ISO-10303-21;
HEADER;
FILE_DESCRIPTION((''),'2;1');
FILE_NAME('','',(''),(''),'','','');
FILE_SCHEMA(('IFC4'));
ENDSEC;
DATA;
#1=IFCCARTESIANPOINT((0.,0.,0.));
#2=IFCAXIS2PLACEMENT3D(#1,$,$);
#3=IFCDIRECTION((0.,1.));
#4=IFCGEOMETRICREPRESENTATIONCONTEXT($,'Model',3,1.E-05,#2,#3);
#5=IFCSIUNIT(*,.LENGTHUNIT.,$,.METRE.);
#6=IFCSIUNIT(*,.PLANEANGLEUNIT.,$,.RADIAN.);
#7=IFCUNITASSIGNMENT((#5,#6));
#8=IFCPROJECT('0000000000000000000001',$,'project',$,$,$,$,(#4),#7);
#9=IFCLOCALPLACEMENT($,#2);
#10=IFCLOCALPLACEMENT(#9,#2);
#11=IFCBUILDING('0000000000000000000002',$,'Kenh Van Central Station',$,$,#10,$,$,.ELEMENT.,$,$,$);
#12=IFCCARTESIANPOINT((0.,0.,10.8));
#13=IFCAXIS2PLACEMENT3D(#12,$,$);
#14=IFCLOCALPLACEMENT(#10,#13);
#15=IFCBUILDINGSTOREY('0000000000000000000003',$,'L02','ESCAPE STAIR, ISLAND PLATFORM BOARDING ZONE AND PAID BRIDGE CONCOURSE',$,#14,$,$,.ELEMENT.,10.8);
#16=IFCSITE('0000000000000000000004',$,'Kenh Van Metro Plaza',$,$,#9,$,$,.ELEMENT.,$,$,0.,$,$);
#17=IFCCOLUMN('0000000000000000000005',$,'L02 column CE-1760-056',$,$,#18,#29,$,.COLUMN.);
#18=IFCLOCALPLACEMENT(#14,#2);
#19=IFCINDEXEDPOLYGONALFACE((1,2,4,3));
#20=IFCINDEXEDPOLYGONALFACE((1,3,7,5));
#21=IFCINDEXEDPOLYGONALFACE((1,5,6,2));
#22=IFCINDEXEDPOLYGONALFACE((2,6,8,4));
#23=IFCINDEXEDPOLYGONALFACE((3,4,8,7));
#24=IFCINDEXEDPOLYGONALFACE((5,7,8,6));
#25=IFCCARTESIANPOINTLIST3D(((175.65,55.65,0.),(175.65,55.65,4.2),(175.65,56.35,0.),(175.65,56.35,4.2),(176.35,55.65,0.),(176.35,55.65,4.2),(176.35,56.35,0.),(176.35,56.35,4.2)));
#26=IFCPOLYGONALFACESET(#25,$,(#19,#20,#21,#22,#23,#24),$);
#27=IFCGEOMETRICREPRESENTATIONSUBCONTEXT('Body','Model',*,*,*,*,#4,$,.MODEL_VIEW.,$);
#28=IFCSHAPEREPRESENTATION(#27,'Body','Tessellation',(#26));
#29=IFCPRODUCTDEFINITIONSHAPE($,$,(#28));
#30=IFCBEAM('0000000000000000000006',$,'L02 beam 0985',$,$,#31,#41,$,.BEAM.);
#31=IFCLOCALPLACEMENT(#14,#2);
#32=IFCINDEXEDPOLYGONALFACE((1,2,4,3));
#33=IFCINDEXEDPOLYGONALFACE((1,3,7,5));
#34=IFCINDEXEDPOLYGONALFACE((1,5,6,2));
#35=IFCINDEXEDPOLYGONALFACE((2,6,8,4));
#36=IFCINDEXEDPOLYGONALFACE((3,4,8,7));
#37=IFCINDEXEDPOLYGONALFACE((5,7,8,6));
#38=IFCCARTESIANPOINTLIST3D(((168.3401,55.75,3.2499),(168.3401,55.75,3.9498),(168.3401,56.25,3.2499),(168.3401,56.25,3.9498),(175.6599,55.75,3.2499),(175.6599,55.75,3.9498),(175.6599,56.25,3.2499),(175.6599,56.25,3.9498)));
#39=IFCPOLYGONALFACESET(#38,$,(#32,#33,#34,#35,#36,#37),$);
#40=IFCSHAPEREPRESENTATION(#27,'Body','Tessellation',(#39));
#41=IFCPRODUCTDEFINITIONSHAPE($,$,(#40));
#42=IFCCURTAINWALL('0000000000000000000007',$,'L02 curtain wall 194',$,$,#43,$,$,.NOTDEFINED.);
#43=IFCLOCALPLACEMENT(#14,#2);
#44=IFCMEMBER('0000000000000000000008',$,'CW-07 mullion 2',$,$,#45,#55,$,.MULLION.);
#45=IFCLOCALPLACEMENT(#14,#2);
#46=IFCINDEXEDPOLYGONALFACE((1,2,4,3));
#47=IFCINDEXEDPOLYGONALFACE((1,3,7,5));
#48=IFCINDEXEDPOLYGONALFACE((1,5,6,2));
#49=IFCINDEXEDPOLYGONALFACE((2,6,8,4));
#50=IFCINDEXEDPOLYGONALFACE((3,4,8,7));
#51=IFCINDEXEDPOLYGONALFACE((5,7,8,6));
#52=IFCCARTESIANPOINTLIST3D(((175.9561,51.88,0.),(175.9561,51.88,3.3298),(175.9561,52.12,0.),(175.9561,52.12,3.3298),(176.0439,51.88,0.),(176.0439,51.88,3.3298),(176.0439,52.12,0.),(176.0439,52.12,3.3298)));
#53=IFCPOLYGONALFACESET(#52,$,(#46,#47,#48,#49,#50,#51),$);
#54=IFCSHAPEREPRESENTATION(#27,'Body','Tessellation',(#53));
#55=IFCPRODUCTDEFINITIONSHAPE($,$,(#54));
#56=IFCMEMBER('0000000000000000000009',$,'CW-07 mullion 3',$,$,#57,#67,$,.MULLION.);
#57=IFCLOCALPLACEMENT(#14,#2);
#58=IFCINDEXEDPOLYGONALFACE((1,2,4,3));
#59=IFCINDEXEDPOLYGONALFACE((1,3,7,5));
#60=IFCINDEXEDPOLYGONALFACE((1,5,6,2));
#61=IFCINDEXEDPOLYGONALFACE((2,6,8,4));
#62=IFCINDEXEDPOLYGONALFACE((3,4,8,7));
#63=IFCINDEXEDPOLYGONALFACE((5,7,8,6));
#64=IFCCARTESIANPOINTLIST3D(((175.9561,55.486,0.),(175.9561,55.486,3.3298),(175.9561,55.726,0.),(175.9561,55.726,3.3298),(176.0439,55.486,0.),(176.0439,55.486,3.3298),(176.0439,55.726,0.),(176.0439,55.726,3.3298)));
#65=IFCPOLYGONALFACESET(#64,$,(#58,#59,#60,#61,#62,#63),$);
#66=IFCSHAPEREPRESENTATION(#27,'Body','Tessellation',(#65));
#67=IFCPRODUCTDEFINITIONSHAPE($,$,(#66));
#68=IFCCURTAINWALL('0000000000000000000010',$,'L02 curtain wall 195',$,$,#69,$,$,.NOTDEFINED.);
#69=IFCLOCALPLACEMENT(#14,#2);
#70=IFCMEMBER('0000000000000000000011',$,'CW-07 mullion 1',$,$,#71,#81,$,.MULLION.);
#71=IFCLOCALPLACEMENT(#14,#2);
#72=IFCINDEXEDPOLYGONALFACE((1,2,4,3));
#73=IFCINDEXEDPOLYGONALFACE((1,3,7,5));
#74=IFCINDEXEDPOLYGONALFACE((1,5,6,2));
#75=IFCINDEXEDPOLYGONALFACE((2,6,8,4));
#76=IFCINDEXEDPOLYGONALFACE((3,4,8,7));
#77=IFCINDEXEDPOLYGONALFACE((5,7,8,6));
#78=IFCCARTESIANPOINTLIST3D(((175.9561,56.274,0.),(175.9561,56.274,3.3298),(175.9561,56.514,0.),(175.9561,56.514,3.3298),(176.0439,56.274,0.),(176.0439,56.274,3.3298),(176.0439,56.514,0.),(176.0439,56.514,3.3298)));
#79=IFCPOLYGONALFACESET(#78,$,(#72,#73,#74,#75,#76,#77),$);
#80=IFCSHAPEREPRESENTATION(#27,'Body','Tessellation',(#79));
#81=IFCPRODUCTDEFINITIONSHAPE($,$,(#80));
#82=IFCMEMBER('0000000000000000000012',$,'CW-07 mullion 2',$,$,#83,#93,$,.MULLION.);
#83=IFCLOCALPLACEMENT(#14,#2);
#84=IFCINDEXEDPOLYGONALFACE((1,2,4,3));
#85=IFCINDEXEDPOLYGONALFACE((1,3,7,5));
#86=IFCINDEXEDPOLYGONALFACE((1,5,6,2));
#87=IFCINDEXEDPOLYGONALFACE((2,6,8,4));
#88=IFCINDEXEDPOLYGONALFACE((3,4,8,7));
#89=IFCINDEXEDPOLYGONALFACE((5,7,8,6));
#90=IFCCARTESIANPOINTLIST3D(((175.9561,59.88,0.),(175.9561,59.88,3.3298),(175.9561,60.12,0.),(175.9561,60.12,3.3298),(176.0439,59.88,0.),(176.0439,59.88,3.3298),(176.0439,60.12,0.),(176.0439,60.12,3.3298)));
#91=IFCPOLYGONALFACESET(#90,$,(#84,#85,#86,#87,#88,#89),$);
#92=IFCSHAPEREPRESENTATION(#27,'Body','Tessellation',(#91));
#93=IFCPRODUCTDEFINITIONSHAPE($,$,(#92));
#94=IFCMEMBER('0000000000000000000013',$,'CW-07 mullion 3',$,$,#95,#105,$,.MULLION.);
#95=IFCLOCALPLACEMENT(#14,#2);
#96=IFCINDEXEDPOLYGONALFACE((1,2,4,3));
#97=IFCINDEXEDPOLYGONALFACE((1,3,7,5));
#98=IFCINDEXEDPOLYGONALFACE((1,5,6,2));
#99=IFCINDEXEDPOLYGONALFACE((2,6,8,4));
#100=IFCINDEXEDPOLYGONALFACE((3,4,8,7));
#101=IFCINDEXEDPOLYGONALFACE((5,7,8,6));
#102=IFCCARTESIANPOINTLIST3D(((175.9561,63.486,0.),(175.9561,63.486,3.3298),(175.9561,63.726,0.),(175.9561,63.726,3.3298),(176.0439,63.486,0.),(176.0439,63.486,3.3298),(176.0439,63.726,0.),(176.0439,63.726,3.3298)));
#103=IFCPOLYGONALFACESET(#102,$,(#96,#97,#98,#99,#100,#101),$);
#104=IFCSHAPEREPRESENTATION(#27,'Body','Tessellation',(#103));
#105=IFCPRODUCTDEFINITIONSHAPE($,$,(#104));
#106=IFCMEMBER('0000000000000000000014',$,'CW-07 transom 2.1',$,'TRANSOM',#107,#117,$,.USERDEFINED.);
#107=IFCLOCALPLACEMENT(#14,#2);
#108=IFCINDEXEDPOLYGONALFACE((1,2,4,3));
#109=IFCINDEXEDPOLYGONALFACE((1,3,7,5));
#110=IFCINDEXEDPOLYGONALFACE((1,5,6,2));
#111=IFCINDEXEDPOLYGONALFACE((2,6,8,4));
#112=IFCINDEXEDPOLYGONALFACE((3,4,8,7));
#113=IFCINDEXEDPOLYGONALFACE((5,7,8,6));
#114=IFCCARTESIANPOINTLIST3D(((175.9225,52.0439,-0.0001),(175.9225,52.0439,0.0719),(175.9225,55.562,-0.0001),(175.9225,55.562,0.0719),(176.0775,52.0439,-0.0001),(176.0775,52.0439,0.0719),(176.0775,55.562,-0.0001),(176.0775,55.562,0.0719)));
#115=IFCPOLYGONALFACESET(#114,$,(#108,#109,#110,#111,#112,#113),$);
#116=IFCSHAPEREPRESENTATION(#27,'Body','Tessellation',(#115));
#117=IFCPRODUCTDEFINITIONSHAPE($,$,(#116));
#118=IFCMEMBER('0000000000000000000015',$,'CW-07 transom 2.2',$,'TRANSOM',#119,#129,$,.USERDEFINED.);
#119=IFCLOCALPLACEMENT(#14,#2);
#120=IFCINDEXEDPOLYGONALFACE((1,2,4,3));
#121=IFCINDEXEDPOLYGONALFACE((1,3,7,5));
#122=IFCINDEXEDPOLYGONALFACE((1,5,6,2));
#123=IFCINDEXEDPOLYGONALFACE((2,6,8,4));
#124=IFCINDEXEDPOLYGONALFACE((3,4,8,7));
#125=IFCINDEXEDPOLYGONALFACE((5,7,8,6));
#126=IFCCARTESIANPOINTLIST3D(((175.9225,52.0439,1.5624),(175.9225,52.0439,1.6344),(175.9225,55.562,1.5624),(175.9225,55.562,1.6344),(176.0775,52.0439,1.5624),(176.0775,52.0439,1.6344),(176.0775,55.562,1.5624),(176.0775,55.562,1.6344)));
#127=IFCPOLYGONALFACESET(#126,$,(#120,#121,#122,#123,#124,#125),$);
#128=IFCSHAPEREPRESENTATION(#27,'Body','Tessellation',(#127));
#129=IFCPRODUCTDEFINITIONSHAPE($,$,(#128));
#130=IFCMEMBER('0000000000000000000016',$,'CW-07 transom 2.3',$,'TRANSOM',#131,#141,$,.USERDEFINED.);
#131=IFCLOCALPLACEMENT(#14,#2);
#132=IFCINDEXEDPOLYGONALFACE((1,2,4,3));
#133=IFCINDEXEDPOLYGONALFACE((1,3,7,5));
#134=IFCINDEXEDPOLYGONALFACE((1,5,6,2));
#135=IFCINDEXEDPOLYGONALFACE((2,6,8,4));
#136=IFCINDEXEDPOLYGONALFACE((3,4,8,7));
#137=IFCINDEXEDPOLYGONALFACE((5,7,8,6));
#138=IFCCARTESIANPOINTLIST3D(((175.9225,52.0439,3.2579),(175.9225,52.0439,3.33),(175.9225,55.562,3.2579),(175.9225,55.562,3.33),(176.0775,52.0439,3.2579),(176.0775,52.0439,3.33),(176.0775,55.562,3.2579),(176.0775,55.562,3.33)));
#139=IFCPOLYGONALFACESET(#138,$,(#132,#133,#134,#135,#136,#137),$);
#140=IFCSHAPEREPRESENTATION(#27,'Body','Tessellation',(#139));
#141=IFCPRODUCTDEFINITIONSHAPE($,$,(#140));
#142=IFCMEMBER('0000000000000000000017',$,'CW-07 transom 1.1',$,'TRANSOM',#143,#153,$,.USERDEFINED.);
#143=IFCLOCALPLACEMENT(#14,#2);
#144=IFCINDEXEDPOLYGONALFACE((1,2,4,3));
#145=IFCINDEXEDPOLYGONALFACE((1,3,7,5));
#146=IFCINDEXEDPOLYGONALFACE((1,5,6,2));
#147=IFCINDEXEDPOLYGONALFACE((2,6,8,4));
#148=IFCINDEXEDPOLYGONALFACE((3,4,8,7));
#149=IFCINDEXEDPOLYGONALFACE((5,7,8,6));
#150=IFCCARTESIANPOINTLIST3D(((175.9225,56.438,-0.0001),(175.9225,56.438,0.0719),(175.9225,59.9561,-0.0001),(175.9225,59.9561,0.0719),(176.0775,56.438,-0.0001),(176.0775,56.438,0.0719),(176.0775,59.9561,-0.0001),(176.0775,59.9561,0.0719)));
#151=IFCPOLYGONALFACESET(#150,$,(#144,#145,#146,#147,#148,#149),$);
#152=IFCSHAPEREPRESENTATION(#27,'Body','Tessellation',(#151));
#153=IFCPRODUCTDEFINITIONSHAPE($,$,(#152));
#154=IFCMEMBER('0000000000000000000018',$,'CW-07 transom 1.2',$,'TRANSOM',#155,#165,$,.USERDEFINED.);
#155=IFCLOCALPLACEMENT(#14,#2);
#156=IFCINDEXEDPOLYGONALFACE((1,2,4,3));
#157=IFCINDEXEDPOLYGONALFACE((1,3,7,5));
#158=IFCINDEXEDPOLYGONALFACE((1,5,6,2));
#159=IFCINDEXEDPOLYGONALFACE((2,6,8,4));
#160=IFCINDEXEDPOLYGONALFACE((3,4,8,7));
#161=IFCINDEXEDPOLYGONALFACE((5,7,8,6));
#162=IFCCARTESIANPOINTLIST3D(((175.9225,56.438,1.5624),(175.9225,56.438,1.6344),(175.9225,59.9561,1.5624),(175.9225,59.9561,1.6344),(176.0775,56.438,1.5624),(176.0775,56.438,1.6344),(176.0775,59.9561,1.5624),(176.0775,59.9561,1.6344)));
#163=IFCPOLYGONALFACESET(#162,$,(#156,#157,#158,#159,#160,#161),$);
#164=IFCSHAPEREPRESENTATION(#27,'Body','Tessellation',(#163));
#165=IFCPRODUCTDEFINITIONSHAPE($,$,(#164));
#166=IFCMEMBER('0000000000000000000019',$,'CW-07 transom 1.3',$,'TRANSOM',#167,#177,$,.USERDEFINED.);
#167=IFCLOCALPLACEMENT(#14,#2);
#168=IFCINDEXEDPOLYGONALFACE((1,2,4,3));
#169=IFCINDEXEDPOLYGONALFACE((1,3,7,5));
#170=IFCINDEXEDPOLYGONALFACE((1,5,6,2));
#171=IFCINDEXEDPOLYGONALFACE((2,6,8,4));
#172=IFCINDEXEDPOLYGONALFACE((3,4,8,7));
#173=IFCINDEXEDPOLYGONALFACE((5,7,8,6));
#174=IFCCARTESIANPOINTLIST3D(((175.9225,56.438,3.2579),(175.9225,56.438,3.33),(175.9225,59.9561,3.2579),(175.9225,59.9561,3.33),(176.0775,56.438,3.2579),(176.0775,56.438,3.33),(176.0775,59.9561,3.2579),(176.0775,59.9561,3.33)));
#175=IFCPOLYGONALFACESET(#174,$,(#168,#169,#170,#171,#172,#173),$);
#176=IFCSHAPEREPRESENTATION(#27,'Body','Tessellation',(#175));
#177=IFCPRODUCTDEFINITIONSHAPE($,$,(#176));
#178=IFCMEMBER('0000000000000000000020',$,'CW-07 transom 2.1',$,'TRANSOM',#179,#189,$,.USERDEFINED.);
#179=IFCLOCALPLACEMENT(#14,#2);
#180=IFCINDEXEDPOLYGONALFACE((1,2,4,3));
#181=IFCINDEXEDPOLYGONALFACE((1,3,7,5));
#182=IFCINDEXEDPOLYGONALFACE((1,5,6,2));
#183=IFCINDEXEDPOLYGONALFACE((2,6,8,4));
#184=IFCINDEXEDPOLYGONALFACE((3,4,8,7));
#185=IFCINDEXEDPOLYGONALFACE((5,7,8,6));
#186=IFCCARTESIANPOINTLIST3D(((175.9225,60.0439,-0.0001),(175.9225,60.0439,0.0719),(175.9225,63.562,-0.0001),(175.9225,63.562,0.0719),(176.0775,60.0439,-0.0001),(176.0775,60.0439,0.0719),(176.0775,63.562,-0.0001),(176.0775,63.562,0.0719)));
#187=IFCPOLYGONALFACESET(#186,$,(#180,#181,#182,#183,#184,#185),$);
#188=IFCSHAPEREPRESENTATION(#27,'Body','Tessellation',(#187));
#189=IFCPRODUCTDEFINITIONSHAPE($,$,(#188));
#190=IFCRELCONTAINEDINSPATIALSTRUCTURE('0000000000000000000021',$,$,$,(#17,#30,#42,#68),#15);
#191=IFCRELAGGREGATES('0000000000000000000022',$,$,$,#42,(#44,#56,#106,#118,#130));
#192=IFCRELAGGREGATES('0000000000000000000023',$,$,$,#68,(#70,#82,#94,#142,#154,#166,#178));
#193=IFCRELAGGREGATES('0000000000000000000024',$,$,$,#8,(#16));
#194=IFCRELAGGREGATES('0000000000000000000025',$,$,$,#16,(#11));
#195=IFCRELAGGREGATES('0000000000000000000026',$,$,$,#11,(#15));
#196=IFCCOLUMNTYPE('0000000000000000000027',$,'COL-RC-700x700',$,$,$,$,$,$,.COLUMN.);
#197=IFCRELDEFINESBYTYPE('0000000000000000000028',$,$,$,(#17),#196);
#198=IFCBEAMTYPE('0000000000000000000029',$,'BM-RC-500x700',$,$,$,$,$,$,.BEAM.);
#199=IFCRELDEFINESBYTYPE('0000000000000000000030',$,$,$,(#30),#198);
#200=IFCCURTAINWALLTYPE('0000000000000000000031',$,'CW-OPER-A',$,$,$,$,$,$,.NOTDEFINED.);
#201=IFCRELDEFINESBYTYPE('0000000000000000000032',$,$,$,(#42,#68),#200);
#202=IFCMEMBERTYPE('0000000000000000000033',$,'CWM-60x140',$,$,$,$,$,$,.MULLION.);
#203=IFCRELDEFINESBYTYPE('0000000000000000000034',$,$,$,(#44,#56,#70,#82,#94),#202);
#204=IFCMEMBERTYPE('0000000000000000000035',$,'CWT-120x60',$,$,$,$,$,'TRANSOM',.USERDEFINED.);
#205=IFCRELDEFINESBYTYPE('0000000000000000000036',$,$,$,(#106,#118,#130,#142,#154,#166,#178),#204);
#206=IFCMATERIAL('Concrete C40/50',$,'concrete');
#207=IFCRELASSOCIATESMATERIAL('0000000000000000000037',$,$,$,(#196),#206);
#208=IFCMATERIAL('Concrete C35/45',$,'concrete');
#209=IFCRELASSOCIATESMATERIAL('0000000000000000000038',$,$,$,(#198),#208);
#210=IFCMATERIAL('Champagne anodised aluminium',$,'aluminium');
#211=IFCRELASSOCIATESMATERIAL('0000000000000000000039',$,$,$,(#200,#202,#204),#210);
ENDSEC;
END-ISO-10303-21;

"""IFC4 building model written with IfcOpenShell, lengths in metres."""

from ifc_helpers import new_model, si_unit, direction, frame, origin, origin_2d, place, context, subcontext, project, spatial, rectangle, extrude, material, material_profile, profile_set, type_object, element, aggregate, save


model = new_model("IFC4")

# Units and contexts
model_context = context("Model", 3, precision=1e-05, world=origin(), true_north=direction((0.0, 1.0)))
body_context = subcontext(model_context, "Body", "Model", "MODEL_VIEW")
ifc_project = project(units=[si_unit("LENGTHUNIT", "METRE"), si_unit("PLANEANGLEUNIT", "RADIAN")], contexts=[model_context])

# Site, building, storey
site_placement = place(None, origin())
site = spatial("IfcSite", under=ifc_project, at=site_placement, Name="Kenh Van Metro Plaza", CompositionType="ELEMENT", RefElevation=0.0)
building_placement = place(site_placement, origin())
building = spatial("IfcBuilding", under=site, at=building_placement, Name="Kenh Van Central Station", CompositionType="ELEMENT")
storey_placement = place(building_placement, frame((0.0, 0.0, 10.8)))
storey = spatial("IfcBuildingStorey", under=building, at=storey_placement, Name="L02", Description="ESCAPE STAIR, ISLAND PLATFORM BOARDING ZONE AND PAID BRIDGE CONCOURSE", CompositionType="ELEMENT", Elevation=10.8)

# Column
ifc_material_1 = material(Name="Concrete C40/50", Category="concrete")
ifc_material_profile_1 = material_profile(ifc_material_1, rectangle(XDim=0.7, YDim=0.7, at=origin_2d()), Name="RC 700x700")
ifc_profile_set_1 = profile_set([ifc_material_profile_1], Name="Concrete C40/50")
column_type = type_object("IfcColumnType", Name="COL-RC-700x700", PredefinedType="COLUMN", material=ifc_profile_set_1)
column_placement = place(storey_placement, frame((176.0, 56.0, 0.0), z_axis=(0.0, 0.0, 1.0), x_axis=(1.0, 0.0, 0.0)))
element("IfcColumn", 1, at=column_placement, inside=storey, type_object=column_type, Name="L02 column CE-1760-056", PredefinedType="COLUMN", context=body_context, shape_type="SweptSolid", body=[
    extrude(rectangle(XDim=0.7, YDim=0.7, at=origin_2d()), origin(), (0.0, 0.0, 1.0), 4.2),
])

# Beam
ifc_material_2 = material(Name="Concrete C35/45", Category="concrete")
ifc_material_profile_2 = material_profile(ifc_material_2, rectangle(XDim=0.5, YDim=0.7, at=origin_2d()), Name="RC 500x700")
ifc_profile_set_2 = profile_set([ifc_material_profile_2], Name="Concrete C35/45")
beam_type_1 = type_object("IfcBeamType", Name="BM-RC-500x700", PredefinedType="BEAM", material=ifc_profile_set_2)
beam_1_placement = place(storey_placement, frame((168.3401, 56.0, 3.5999), z_axis=(1.0, 0.0, 0.0), x_axis=(0.0, 1.0, 0.0)))
element("IfcBeam", 2, at=beam_1_placement, inside=storey, type_object=beam_type_1, Name="L02 beam 0985", PredefinedType="BEAM", context=body_context, shape_type="SweptSolid", body=[
    extrude(rectangle(XDim=0.5, YDim=0.7, at=origin_2d()), origin(), (0.0, 0.0, 1.0), 7.3198),
])

# Curtain walls, members
ifc_material_3 = material(Name="Champagne anodised aluminium", Category="aluminium")
curtain_wall_type = type_object("IfcCurtainWallType", Name="CW-OPER-A", PredefinedType="NOTDEFINED", material=ifc_material_3)
curtain_wall_1_placement = place(storey_placement, origin())
curtain_wall_1 = element("IfcCurtainWall", 3, at=curtain_wall_1_placement, inside=storey, type_object=curtain_wall_type, Name="L02 curtain wall 194", PredefinedType="NOTDEFINED")
ifc_material_profile_3 = material_profile(ifc_material_3, rectangle(XDim=0.0879, YDim=0.24, at=origin_2d()), Name="AL 88x240")
ifc_profile_set_3 = profile_set([ifc_material_profile_3], Name="Champagne anodised aluminium")
member_type_1 = type_object("IfcMemberType", Name="CWM-60x140", PredefinedType="MULLION", material=ifc_profile_set_3)
member_1_placement = place(storey_placement, frame((176.0, 52.0, 0.0), z_axis=(0.0, 0.0, 1.0), x_axis=(-1.0, 0.0, 0.0)))
member_1 = element("IfcMember", 4, at=member_1_placement, type_object=member_type_1, Name="CW-07 mullion 2", PredefinedType="MULLION", context=body_context, shape_type="SweptSolid", body=[
    extrude(rectangle(XDim=0.0879, YDim=0.24, at=origin_2d()), origin(), (0.0, 0.0, 1.0), 3.3298),
])
member_2_placement = place(storey_placement, frame((176.0, 55.606, 0.0), z_axis=(0.0, 0.0, 1.0), x_axis=(-1.0, 0.0, 0.0)))
member_2 = element("IfcMember", 5, at=member_2_placement, type_object=member_type_1, Name="CW-07 mullion 3", PredefinedType="MULLION", context=body_context, shape_type="SweptSolid", body=[
    extrude(rectangle(XDim=0.0879, YDim=0.24, at=origin_2d()), origin(), (0.0, 0.0, 1.0), 3.3298),
])
curtain_wall_2_placement = place(storey_placement, origin())
curtain_wall_2 = element("IfcCurtainWall", 6, at=curtain_wall_2_placement, inside=storey, type_object=curtain_wall_type, Name="L02 curtain wall 195", PredefinedType="NOTDEFINED")
member_3_placement = place(storey_placement, frame((176.0, 56.394, 0.0), z_axis=(0.0, 0.0, 1.0), x_axis=(-1.0, 0.0, 0.0)))
member_3 = element("IfcMember", 7, at=member_3_placement, type_object=member_type_1, Name="CW-07 mullion 1", PredefinedType="MULLION", context=body_context, shape_type="SweptSolid", body=[
    extrude(rectangle(XDim=0.0879, YDim=0.24, at=origin_2d()), origin(), (0.0, 0.0, 1.0), 3.3298),
])
member_4_placement = place(storey_placement, frame((176.0, 60.0, 0.0), z_axis=(0.0, 0.0, 1.0), x_axis=(-1.0, 0.0, 0.0)))
member_4 = element("IfcMember", 8, at=member_4_placement, type_object=member_type_1, Name="CW-07 mullion 2", PredefinedType="MULLION", context=body_context, shape_type="SweptSolid", body=[
    extrude(rectangle(XDim=0.0879, YDim=0.24, at=origin_2d()), origin(), (0.0, 0.0, 1.0), 3.3298),
])
member_5_placement = place(storey_placement, frame((176.0, 63.606, 0.0), z_axis=(0.0, 0.0, 1.0), x_axis=(-1.0, 0.0, 0.0)))
member_5 = element("IfcMember", 9, at=member_5_placement, type_object=member_type_1, Name="CW-07 mullion 3", PredefinedType="MULLION", context=body_context, shape_type="SweptSolid", body=[
    extrude(rectangle(XDim=0.0879, YDim=0.24, at=origin_2d()), origin(), (0.0, 0.0, 1.0), 3.3298),
])

# Members
ifc_material_profile_4 = material_profile(ifc_material_3, rectangle(XDim=0.155, YDim=0.072, at=origin_2d()), Name="AL 155x72")
ifc_profile_set_4 = profile_set([ifc_material_profile_4], Name="Champagne anodised aluminium")
member_type_2 = type_object("IfcMemberType", Name="CWT-120x60", ElementType="TRANSOM", PredefinedType="USERDEFINED", material=ifc_profile_set_4)
member_6_placement = place(storey_placement, frame((176.0, 52.0439, 0.0359), z_axis=(0.0, 1.0, 0.0), x_axis=(-1.0, 0.0, 0.0)))
member_6 = element("IfcMember", 10, at=member_6_placement, type_object=member_type_2, Name="CW-07 transom 2.1", ObjectType="TRANSOM", PredefinedType="USERDEFINED", context=body_context, shape_type="SweptSolid", body=[
    extrude(rectangle(XDim=0.155, YDim=0.072, at=origin_2d()), origin(), (0.0, 0.0, 1.0), 3.5181),
])
member_7_placement = place(storey_placement, frame((176.0, 52.0439, 1.5984), z_axis=(0.0, 1.0, 0.0), x_axis=(-1.0, 0.0, 0.0)))
member_7 = element("IfcMember", 11, at=member_7_placement, type_object=member_type_2, Name="CW-07 transom 2.2", ObjectType="TRANSOM", PredefinedType="USERDEFINED", context=body_context, shape_type="SweptSolid", body=[
    extrude(rectangle(XDim=0.155, YDim=0.072, at=origin_2d()), origin(), (0.0, 0.0, 1.0), 3.5181),
])
member_8_placement = place(storey_placement, frame((176.0, 52.0439, 3.2939), z_axis=(0.0, 1.0, 0.0), x_axis=(-1.0, 0.0, 0.0)))
member_8 = element("IfcMember", 12, at=member_8_placement, type_object=member_type_2, Name="CW-07 transom 2.3", ObjectType="TRANSOM", PredefinedType="USERDEFINED", context=body_context, shape_type="SweptSolid", body=[
    extrude(rectangle(XDim=0.155, YDim=0.072, at=origin_2d()), origin(), (0.0, 0.0, 1.0), 3.5181),
])
member_9_placement = place(storey_placement, frame((176.0, 56.438, 0.0359), z_axis=(0.0, 1.0, 0.0), x_axis=(-1.0, 0.0, 0.0)))
member_9 = element("IfcMember", 13, at=member_9_placement, type_object=member_type_2, Name="CW-07 transom 1.1", ObjectType="TRANSOM", PredefinedType="USERDEFINED", context=body_context, shape_type="SweptSolid", body=[
    extrude(rectangle(XDim=0.155, YDim=0.072, at=origin_2d()), origin(), (0.0, 0.0, 1.0), 3.5181),
])
member_10_placement = place(storey_placement, frame((176.0, 56.438, 1.5984), z_axis=(0.0, 1.0, 0.0), x_axis=(-1.0, 0.0, 0.0)))
member_10 = element("IfcMember", 14, at=member_10_placement, type_object=member_type_2, Name="CW-07 transom 1.2", ObjectType="TRANSOM", PredefinedType="USERDEFINED", context=body_context, shape_type="SweptSolid", body=[
    extrude(rectangle(XDim=0.155, YDim=0.072, at=origin_2d()), origin(), (0.0, 0.0, 1.0), 3.5181),
])
member_11_placement = place(storey_placement, frame((176.0, 56.438, 3.2939), z_axis=(0.0, 1.0, 0.0), x_axis=(-1.0, 0.0, 0.0)))
member_11 = element("IfcMember", 15, at=member_11_placement, type_object=member_type_2, Name="CW-07 transom 1.3", ObjectType="TRANSOM", PredefinedType="USERDEFINED", context=body_context, shape_type="SweptSolid", body=[
    extrude(rectangle(XDim=0.155, YDim=0.072, at=origin_2d()), origin(), (0.0, 0.0, 1.0), 3.5181),
])
member_12_placement = place(storey_placement, frame((176.0, 60.0439, 0.0359), z_axis=(0.0, 1.0, 0.0), x_axis=(-1.0, 0.0, 0.0)))
member_12 = element("IfcMember", 16, at=member_12_placement, type_object=member_type_2, Name="CW-07 transom 2.1", ObjectType="TRANSOM", PredefinedType="USERDEFINED", context=body_context, shape_type="SweptSolid", body=[
    extrude(rectangle(XDim=0.155, YDim=0.072, at=origin_2d()), origin(), (0.0, 0.0, 1.0), 3.5181),
])

aggregate(curtain_wall_1, [member_1, member_2, member_6, member_7, member_8])
aggregate(curtain_wall_2, [member_3, member_4, member_5, member_9, member_10, member_11, member_12])

save(model, "model.ifc")
